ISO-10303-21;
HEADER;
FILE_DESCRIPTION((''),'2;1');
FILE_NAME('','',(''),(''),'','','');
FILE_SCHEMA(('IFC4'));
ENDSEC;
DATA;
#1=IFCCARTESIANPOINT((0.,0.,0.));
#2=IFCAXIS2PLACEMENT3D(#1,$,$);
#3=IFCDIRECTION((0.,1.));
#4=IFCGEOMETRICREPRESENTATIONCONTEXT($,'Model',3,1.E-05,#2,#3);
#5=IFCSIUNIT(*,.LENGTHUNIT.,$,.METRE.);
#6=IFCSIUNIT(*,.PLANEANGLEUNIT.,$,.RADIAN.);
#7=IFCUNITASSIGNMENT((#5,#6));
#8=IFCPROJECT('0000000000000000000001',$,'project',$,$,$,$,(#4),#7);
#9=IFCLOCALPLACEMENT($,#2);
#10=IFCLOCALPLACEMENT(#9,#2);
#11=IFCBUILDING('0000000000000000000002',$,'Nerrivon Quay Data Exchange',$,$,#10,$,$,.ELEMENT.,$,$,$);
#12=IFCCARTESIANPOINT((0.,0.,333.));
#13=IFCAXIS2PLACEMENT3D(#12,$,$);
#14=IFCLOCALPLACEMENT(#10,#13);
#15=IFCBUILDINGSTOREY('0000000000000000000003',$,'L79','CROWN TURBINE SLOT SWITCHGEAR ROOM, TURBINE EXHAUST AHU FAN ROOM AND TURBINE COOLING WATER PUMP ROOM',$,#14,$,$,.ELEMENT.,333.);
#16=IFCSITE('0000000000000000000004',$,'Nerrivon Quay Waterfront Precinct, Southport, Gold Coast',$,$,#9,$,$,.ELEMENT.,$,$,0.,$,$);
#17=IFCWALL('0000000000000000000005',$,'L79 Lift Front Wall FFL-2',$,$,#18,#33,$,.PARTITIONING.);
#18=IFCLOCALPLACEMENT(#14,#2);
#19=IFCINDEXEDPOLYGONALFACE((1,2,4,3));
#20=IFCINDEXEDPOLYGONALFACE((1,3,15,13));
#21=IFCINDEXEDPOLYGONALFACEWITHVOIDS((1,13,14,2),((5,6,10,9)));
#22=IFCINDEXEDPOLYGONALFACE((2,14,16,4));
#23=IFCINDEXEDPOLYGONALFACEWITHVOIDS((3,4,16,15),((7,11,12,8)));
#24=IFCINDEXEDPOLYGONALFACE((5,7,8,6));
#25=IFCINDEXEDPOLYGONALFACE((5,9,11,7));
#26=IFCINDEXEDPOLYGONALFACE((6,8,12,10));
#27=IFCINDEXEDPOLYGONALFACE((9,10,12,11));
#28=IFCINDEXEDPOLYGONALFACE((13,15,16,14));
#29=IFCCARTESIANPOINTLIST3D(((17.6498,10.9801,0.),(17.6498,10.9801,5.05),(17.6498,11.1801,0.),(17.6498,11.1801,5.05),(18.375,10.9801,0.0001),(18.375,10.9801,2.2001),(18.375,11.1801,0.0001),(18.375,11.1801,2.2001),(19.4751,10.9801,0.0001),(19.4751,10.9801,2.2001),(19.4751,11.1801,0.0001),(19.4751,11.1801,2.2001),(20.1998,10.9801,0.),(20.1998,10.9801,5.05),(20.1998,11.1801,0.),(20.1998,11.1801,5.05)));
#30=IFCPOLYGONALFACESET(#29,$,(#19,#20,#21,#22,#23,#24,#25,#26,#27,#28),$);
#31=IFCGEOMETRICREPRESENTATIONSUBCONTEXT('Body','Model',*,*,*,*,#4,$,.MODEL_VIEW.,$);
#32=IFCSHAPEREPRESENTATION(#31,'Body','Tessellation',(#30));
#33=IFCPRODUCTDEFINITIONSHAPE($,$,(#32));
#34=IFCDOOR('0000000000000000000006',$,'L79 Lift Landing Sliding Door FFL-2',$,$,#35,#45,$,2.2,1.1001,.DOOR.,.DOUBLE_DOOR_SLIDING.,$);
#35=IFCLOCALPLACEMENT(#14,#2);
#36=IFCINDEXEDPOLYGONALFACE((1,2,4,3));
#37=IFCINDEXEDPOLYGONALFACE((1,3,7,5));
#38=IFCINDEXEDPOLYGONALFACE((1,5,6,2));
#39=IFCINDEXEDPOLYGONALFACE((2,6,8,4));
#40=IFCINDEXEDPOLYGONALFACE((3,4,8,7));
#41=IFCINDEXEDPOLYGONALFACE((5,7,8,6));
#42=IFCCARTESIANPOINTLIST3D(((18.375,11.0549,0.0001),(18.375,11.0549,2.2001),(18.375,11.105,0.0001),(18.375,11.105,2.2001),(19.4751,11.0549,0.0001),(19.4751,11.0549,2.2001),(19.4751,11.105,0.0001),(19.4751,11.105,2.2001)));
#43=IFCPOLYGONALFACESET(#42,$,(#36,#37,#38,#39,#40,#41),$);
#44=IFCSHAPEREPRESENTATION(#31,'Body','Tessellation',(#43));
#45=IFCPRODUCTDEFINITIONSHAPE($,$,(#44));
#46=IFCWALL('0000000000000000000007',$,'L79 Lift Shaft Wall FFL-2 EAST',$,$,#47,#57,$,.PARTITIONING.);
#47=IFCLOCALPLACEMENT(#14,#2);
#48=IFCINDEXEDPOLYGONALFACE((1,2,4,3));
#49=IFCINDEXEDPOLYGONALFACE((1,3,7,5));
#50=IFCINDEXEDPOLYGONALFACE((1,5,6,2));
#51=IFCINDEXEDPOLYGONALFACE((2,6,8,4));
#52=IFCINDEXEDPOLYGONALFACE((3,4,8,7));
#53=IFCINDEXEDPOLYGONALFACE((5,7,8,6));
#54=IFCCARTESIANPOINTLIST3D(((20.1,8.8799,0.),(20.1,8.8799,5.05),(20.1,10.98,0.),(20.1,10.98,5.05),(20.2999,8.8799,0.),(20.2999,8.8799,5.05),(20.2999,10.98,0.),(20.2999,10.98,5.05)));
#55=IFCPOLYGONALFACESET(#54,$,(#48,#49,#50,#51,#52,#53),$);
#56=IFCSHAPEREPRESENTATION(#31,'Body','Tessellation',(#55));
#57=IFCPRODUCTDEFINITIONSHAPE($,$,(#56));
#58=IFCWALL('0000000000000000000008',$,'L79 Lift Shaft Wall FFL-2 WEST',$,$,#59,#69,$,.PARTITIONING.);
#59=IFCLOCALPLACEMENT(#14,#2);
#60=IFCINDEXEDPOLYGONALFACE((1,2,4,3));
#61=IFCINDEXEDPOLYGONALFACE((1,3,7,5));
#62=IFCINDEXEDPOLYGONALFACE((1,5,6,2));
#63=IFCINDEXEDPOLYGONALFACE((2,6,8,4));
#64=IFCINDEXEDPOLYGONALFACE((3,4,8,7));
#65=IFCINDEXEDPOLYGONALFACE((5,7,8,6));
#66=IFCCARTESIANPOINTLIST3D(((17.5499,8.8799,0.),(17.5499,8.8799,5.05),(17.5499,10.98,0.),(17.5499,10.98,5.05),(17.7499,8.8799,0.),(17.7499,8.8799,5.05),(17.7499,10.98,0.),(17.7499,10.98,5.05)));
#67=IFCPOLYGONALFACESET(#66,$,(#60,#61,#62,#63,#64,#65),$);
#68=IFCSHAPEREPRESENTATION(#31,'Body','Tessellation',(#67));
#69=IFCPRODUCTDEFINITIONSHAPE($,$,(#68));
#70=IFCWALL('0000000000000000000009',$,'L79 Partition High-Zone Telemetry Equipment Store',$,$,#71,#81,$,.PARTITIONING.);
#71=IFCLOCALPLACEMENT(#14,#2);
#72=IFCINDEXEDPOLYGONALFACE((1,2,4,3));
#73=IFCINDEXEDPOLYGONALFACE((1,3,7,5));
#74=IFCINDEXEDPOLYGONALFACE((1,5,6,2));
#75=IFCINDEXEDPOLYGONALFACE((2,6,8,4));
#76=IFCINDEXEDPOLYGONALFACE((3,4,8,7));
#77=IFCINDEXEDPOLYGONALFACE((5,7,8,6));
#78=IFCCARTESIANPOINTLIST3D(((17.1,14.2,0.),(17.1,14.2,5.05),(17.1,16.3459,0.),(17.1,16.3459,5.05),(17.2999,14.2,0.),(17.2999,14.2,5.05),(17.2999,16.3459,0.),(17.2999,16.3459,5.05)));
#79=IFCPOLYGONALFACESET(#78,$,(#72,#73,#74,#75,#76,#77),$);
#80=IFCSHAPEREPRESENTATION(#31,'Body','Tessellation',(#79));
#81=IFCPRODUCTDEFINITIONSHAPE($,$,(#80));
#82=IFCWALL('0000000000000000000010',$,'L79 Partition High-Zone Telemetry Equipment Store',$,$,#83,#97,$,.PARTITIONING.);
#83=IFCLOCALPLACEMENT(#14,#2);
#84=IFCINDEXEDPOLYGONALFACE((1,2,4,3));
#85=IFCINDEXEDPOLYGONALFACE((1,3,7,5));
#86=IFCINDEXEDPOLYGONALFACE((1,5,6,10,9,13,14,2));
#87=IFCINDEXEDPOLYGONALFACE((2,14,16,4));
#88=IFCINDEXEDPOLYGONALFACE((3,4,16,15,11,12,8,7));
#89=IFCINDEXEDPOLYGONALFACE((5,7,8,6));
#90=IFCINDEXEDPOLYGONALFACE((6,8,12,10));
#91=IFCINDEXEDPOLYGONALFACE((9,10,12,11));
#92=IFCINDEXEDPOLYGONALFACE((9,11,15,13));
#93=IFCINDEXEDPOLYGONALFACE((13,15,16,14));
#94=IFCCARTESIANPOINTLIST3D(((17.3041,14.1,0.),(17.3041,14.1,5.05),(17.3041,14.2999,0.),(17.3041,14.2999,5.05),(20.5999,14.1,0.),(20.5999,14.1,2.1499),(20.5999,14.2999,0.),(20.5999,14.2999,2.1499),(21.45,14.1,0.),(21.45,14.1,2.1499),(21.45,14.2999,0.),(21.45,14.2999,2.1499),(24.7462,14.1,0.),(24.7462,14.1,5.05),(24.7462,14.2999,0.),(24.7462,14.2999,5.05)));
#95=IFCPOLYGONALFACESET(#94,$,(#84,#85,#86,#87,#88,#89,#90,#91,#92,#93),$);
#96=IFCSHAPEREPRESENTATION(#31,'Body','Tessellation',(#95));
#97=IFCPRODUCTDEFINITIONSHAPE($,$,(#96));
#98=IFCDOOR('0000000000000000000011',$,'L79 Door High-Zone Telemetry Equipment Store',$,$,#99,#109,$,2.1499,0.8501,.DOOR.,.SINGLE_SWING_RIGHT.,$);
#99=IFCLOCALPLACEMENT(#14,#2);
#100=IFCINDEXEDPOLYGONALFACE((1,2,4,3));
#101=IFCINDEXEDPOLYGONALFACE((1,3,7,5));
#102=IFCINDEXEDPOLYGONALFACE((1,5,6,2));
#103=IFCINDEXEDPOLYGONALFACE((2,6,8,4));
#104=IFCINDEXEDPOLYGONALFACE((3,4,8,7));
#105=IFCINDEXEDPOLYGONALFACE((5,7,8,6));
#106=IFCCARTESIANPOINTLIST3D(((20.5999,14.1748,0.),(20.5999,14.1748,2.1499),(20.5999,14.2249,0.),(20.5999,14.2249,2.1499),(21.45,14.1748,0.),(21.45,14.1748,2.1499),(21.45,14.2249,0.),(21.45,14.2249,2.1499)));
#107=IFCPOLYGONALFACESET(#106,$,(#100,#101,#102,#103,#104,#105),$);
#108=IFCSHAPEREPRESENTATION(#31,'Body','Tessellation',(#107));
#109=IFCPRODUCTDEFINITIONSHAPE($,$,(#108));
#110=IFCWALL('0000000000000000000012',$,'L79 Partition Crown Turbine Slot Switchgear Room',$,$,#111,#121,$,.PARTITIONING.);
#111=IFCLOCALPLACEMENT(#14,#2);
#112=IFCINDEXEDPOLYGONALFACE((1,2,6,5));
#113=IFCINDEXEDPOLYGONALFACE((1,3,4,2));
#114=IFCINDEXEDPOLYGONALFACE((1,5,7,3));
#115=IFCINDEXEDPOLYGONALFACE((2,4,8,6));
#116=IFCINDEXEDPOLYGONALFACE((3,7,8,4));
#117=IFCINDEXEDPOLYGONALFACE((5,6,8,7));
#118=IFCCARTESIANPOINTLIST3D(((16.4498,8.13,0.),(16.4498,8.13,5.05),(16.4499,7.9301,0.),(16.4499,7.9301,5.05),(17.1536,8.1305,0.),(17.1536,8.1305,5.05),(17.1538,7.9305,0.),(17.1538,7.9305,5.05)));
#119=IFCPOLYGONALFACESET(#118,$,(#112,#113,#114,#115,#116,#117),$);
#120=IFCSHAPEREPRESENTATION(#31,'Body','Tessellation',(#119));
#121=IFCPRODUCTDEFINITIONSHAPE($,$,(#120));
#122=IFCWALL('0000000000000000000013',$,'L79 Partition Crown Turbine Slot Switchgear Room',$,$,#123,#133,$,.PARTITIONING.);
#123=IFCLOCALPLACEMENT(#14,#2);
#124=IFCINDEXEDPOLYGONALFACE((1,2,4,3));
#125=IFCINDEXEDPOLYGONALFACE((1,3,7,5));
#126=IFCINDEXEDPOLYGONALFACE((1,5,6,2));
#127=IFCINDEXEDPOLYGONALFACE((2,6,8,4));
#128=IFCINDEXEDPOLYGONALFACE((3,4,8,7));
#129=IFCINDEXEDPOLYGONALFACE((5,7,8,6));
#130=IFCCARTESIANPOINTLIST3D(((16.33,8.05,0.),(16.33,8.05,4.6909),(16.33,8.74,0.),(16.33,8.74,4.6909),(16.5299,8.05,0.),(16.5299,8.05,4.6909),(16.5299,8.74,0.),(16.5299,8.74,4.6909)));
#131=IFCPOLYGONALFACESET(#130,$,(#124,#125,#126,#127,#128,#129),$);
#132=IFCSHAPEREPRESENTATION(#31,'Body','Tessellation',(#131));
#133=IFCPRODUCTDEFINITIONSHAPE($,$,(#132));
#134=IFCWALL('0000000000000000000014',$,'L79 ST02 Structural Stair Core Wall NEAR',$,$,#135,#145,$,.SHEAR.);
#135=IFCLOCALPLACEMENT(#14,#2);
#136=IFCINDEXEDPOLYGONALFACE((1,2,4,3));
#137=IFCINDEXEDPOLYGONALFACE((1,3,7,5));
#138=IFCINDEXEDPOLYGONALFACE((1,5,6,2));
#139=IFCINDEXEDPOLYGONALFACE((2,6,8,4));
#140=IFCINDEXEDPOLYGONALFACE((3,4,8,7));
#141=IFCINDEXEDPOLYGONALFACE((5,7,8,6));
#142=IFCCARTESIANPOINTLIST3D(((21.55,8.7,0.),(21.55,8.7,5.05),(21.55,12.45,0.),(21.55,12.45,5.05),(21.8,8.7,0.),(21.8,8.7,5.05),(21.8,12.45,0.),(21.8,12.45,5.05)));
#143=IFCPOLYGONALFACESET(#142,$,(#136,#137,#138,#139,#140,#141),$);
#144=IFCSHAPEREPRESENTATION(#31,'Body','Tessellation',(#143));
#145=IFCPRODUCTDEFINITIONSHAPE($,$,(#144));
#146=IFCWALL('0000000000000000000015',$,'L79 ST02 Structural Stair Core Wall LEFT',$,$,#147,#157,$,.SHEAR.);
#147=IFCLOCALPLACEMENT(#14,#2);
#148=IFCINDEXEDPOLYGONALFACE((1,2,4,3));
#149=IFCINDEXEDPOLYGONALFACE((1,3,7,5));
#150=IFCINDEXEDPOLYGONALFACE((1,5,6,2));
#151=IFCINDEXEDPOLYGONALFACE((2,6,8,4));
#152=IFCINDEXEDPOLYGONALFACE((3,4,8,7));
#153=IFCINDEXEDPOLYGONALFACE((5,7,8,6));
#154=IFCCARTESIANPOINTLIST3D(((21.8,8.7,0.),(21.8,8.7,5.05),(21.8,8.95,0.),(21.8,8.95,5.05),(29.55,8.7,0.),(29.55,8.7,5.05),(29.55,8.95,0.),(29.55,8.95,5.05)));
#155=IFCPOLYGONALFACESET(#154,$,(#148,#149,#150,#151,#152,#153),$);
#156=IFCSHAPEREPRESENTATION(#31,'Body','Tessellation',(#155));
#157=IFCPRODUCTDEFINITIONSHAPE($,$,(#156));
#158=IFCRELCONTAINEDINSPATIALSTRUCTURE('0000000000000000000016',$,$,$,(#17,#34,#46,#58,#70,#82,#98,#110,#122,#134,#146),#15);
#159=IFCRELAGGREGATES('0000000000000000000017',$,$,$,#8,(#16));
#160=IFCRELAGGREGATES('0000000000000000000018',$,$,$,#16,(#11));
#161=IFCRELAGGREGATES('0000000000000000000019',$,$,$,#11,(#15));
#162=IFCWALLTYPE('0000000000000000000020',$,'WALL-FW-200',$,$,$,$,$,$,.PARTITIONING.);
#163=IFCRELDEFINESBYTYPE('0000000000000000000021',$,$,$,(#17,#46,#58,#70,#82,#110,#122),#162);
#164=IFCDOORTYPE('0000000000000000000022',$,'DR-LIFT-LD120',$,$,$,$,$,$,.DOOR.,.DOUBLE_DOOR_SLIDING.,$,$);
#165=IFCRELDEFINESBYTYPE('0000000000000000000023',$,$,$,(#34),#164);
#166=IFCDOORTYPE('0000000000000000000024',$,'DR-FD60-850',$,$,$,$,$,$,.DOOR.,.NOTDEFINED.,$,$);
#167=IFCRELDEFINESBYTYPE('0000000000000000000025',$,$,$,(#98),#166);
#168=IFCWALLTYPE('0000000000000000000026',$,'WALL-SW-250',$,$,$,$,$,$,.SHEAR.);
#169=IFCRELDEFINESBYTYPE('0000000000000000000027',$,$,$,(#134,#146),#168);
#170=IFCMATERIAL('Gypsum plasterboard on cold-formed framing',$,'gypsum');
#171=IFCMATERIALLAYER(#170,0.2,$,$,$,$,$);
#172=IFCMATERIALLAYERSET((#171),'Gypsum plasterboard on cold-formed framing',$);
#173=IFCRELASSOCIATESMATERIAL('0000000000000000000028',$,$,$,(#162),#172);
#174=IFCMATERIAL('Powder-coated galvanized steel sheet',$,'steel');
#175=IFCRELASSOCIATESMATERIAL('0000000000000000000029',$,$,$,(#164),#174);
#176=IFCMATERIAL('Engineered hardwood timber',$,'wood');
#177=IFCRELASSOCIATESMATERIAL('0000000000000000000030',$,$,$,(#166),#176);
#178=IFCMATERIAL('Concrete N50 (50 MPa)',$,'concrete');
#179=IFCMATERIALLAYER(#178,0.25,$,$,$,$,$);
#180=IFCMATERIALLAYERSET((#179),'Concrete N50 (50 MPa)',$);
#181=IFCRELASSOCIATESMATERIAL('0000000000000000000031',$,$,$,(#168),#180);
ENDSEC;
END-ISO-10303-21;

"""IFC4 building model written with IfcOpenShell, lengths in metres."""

from ifc_helpers import new_model, si_unit, direction, frame, frame_2d, origin, place, context, subcontext, project, spatial, rectangle, extrude, material, layer, layer_set, type_object, element, fill, save


model = new_model("IFC4")

# Units and contexts
model_context = context("Model", 3, precision=1e-05, world=origin(), true_north=direction((0.0, 1.0)))
body_context = subcontext(model_context, "Body", "Model", "MODEL_VIEW")
ifc_project = project(units=[si_unit("LENGTHUNIT", "METRE"), si_unit("PLANEANGLEUNIT", "RADIAN")], contexts=[model_context])

# Site, building, storey
site_placement = place(None, origin())
site = spatial("IfcSite", under=ifc_project, at=site_placement, Name="Nerrivon Quay Waterfront Precinct, Southport, Gold Coast", CompositionType="ELEMENT", RefElevation=0.0)
building_placement = place(site_placement, origin())
building = spatial("IfcBuilding", under=site, at=building_placement, Name="Nerrivon Quay Data Exchange", CompositionType="ELEMENT")
storey_placement = place(building_placement, frame((0.0, 0.0, 333.0)))
storey = spatial("IfcBuildingStorey", under=building, at=storey_placement, Name="L79", Description="CROWN TURBINE SLOT SWITCHGEAR ROOM, TURBINE EXHAUST AHU FAN ROOM AND TURBINE COOLING WATER PUMP ROOM", CompositionType="ELEMENT", Elevation=333.0)

# Shared definitions
ifc_material_1 = material(Name="Concrete N50 (50 MPa)", Category="concrete")

# Shared definitions
ifc_material_2 = material(Name="Powder-coated galvanized steel sheet", Category="steel")

# Shared definitions
ifc_material_3 = material(Name="Gypsum plasterboard on cold-formed framing", Category="gypsum")
ifc_layer_1 = layer(ifc_material_3, 0.2)
ifc_layer_set_1 = layer_set([ifc_layer_1], Name="Gypsum plasterboard on cold-formed framing")
wall_type_1 = type_object("IfcWallType", Name="WALL-FW-200", PredefinedType="PARTITIONING", material=ifc_layer_set_1)

# Wall, opening, door
wall_1_placement = place(storey_placement, frame((17.6499, 11.0801, 0.0), z_axis=(0.0, 0.0, 1.0), x_axis=(1.0, 0.0, 0.0)))
wall_1 = element("IfcWall", 1, at=wall_1_placement, inside=storey, type_object=wall_type_1, Name="L79 Lift Front Wall FFL-2", PredefinedType="PARTITIONING", context=body_context, shape_type="SweptSolid", body=[
    extrude(rectangle(XDim=2.55, YDim=0.2, at=frame_2d((1.2749, 0.0))), origin(), (0.0, 0.0, 1.0), 5.05),
])
opening_1_placement = place(wall_1_placement, frame((0.7251, 0.0, 0.0)))
opening_1 = element("IfcOpeningElement", 2, at=opening_1_placement, cuts=wall_1, PredefinedType="OPENING", context=body_context, shape_type="SweptSolid", body=[
    extrude(rectangle(XDim=1.1001, YDim=2.2, at=frame_2d((0.55, 1.1001))), frame((0.0, 0.1099, 0.0), z_axis=(0.0, -1.0, 0.0), x_axis=(1.0, 0.0, 0.0)), (0.0, 0.0, 1.0), 0.22),
])
door_type_1 = type_object("IfcDoorType", Name="DR-LIFT-LD120", OperationType="DOUBLE_DOOR_SLIDING", PredefinedType="DOOR", material=ifc_material_2)
door_1_placement = place(opening_1_placement, origin())
door_1 = element("IfcDoor", 3, at=door_1_placement, inside=storey, type_object=door_type_1, Name="L79 Lift Landing Sliding Door FFL-2", OperationType="DOUBLE_DOOR_SLIDING", OverallHeight=2.2, OverallWidth=1.1001, PredefinedType="DOOR", context=body_context, shape_type="SweptSolid", body=[
    extrude(rectangle(XDim=1.1001, YDim=2.2, at=frame_2d((0.55, 1.1001))), frame((0.0, 0.0249, 0.0), z_axis=(0.0, -1.0, 0.0), x_axis=(1.0, 0.0, 0.0)), (0.0, 0.0, 1.0), 0.05),
])
fill(opening_1, door_1)

# Walls
for number, where, z_axis, x_axis, name in (
    (4, (20.2, 8.8799, 0.0), (0.0, 0.0, 1.0), (0.0, 1.0, 0.0), "L79 Lift Shaft Wall FFL-2 EAST"),
    (5, (17.6499, 8.8799, 0.0), (0.0, 0.0, 1.0), (0.0, 1.0, 0.0), "L79 Lift Shaft Wall FFL-2 WEST"),
):
    element("IfcWall", number, at=place(storey_placement, frame(where, z_axis=z_axis, x_axis=x_axis)), inside=storey, type_object=wall_type_1, Name=name, PredefinedType="PARTITIONING", context=body_context, shape_type="SweptSolid", body=[
        extrude(rectangle(XDim=2.1001, YDim=0.2, at=frame_2d((1.05, 0.0))), origin(), (0.0, 0.0, 1.0), 5.05),
    ])
wall_2_placement = place(storey_placement, frame((17.2, 16.3459, 0.0), z_axis=(0.0, 0.0, 1.0), x_axis=(0.0, -1.0, 0.0)))
element("IfcWall", 6, at=wall_2_placement, inside=storey, type_object=wall_type_1, Name="L79 Partition High-Zone Telemetry Equipment Store", PredefinedType="PARTITIONING", context=body_context, shape_type="SweptSolid", body=[
    extrude(rectangle(XDim=2.146, YDim=0.2, at=frame_2d((1.073, 0.0))), origin(), (0.0, 0.0, 1.0), 5.05),
])

# Wall, opening, door
wall_3_placement = place(storey_placement, frame((17.304, 14.2, 0.0), z_axis=(0.0, 0.0, 1.0), x_axis=(1.0, 0.0, 0.0)))
wall_3 = element("IfcWall", 7, at=wall_3_placement, inside=storey, type_object=wall_type_1, Name="L79 Partition High-Zone Telemetry Equipment Store", PredefinedType="PARTITIONING", context=body_context, shape_type="SweptSolid", body=[
    extrude(rectangle(XDim=7.4421, YDim=0.2, at=frame_2d((3.7212, 0.0))), origin(), (0.0, 0.0, 1.0), 5.05),
])
opening_2_placement = place(wall_3_placement, frame((3.2959, 0.0, 0.0)))
opening_2 = element("IfcOpeningElement", 8, at=opening_2_placement, cuts=wall_3, PredefinedType="OPENING", context=body_context, shape_type="SweptSolid", body=[
    extrude(rectangle(XDim=0.8501, YDim=2.1499, at=frame_2d((0.425, 1.075))), frame((0.0, 0.1099, 0.0), z_axis=(0.0, -1.0, 0.0), x_axis=(1.0, 0.0, 0.0)), (0.0, 0.0, 1.0), 0.22),
])
ifc_material_4 = material(Name="Engineered hardwood timber", Category="wood")
door_type_2 = type_object("IfcDoorType", Name="DR-FD60-850", OperationType="NOTDEFINED", PredefinedType="DOOR", material=ifc_material_4)
door_2_placement = place(opening_2_placement, origin())
door_2 = element("IfcDoor", 9, at=door_2_placement, inside=storey, type_object=door_type_2, Name="L79 Door High-Zone Telemetry Equipment Store", OperationType="SINGLE_SWING_RIGHT", OverallHeight=2.1499, OverallWidth=0.8501, PredefinedType="DOOR", context=body_context, shape_type="SweptSolid", body=[
    extrude(rectangle(XDim=0.8501, YDim=2.1499, at=frame_2d((0.425, 1.075))), frame((0.0, 0.0249, 0.0), z_axis=(0.0, -1.0, 0.0), x_axis=(1.0, 0.0, 0.0)), (0.0, 0.0, 1.0), 0.05),
])
fill(opening_2, door_2)

# Walls
wall_4_placement = place(storey_placement, frame((17.1538, 8.0305, 0.0), z_axis=(0.0, 0.0, 1.0), x_axis=(-1.0, -0.000694, 0.0)))
element("IfcWall", 10, at=wall_4_placement, inside=storey, type_object=wall_type_1, Name="L79 Partition Crown Turbine Slot Switchgear Room", PredefinedType="PARTITIONING", context=body_context, shape_type="SweptSolid", body=[
    extrude(rectangle(XDim=0.7039, YDim=0.2, at=frame_2d((0.3521, 0.0))), origin(), (0.0, 0.0, 1.0), 5.05),
])
wall_5_placement = place(storey_placement, frame((16.4299, 8.05, 0.0), z_axis=(0.0, 0.0, 1.0), x_axis=(0.0, 1.0, 0.0)))
element("IfcWall", 11, at=wall_5_placement, inside=storey, type_object=wall_type_1, Name="L79 Partition Crown Turbine Slot Switchgear Room", PredefinedType="PARTITIONING", context=body_context, shape_type="SweptSolid", body=[
    extrude(rectangle(XDim=0.6899, YDim=0.2, at=frame_2d((0.345, 0.0))), origin(), (0.0, 0.0, 1.0), 4.6909),
])
ifc_layer_2 = layer(ifc_material_1, 0.25)
ifc_layer_set_2 = layer_set([ifc_layer_2], Name="Concrete N50 (50 MPa)")
wall_type_2 = type_object("IfcWallType", Name="WALL-SW-250", PredefinedType="SHEAR", material=ifc_layer_set_2)
wall_6_placement = place(storey_placement, frame((21.675, 8.7, 0.0), z_axis=(0.0, 0.0, 1.0), x_axis=(0.0, 1.0, 0.0)))
element("IfcWall", 12, at=wall_6_placement, inside=storey, type_object=wall_type_2, Name="L79 ST02 Structural Stair Core Wall NEAR", PredefinedType="SHEAR", context=body_context, shape_type="SweptSolid", body=[
    extrude(rectangle(XDim=3.75, YDim=0.25, at=frame_2d((1.875, 0.0))), origin(), (0.0, 0.0, 1.0), 5.05),
])
wall_7_placement = place(storey_placement, frame((21.8, 8.825, 0.0), z_axis=(0.0, 0.0, 1.0), x_axis=(1.0, 0.0, 0.0)))
element("IfcWall", 13, at=wall_7_placement, inside=storey, type_object=wall_type_2, Name="L79 ST02 Structural Stair Core Wall LEFT", PredefinedType="SHEAR", context=body_context, shape_type="SweptSolid", body=[
    extrude(rectangle(XDim=7.75, YDim=0.25, at=frame_2d((3.875, 0.0))), origin(), (0.0, 0.0, 1.0), 5.05),
])

save(model, "model.ifc")
